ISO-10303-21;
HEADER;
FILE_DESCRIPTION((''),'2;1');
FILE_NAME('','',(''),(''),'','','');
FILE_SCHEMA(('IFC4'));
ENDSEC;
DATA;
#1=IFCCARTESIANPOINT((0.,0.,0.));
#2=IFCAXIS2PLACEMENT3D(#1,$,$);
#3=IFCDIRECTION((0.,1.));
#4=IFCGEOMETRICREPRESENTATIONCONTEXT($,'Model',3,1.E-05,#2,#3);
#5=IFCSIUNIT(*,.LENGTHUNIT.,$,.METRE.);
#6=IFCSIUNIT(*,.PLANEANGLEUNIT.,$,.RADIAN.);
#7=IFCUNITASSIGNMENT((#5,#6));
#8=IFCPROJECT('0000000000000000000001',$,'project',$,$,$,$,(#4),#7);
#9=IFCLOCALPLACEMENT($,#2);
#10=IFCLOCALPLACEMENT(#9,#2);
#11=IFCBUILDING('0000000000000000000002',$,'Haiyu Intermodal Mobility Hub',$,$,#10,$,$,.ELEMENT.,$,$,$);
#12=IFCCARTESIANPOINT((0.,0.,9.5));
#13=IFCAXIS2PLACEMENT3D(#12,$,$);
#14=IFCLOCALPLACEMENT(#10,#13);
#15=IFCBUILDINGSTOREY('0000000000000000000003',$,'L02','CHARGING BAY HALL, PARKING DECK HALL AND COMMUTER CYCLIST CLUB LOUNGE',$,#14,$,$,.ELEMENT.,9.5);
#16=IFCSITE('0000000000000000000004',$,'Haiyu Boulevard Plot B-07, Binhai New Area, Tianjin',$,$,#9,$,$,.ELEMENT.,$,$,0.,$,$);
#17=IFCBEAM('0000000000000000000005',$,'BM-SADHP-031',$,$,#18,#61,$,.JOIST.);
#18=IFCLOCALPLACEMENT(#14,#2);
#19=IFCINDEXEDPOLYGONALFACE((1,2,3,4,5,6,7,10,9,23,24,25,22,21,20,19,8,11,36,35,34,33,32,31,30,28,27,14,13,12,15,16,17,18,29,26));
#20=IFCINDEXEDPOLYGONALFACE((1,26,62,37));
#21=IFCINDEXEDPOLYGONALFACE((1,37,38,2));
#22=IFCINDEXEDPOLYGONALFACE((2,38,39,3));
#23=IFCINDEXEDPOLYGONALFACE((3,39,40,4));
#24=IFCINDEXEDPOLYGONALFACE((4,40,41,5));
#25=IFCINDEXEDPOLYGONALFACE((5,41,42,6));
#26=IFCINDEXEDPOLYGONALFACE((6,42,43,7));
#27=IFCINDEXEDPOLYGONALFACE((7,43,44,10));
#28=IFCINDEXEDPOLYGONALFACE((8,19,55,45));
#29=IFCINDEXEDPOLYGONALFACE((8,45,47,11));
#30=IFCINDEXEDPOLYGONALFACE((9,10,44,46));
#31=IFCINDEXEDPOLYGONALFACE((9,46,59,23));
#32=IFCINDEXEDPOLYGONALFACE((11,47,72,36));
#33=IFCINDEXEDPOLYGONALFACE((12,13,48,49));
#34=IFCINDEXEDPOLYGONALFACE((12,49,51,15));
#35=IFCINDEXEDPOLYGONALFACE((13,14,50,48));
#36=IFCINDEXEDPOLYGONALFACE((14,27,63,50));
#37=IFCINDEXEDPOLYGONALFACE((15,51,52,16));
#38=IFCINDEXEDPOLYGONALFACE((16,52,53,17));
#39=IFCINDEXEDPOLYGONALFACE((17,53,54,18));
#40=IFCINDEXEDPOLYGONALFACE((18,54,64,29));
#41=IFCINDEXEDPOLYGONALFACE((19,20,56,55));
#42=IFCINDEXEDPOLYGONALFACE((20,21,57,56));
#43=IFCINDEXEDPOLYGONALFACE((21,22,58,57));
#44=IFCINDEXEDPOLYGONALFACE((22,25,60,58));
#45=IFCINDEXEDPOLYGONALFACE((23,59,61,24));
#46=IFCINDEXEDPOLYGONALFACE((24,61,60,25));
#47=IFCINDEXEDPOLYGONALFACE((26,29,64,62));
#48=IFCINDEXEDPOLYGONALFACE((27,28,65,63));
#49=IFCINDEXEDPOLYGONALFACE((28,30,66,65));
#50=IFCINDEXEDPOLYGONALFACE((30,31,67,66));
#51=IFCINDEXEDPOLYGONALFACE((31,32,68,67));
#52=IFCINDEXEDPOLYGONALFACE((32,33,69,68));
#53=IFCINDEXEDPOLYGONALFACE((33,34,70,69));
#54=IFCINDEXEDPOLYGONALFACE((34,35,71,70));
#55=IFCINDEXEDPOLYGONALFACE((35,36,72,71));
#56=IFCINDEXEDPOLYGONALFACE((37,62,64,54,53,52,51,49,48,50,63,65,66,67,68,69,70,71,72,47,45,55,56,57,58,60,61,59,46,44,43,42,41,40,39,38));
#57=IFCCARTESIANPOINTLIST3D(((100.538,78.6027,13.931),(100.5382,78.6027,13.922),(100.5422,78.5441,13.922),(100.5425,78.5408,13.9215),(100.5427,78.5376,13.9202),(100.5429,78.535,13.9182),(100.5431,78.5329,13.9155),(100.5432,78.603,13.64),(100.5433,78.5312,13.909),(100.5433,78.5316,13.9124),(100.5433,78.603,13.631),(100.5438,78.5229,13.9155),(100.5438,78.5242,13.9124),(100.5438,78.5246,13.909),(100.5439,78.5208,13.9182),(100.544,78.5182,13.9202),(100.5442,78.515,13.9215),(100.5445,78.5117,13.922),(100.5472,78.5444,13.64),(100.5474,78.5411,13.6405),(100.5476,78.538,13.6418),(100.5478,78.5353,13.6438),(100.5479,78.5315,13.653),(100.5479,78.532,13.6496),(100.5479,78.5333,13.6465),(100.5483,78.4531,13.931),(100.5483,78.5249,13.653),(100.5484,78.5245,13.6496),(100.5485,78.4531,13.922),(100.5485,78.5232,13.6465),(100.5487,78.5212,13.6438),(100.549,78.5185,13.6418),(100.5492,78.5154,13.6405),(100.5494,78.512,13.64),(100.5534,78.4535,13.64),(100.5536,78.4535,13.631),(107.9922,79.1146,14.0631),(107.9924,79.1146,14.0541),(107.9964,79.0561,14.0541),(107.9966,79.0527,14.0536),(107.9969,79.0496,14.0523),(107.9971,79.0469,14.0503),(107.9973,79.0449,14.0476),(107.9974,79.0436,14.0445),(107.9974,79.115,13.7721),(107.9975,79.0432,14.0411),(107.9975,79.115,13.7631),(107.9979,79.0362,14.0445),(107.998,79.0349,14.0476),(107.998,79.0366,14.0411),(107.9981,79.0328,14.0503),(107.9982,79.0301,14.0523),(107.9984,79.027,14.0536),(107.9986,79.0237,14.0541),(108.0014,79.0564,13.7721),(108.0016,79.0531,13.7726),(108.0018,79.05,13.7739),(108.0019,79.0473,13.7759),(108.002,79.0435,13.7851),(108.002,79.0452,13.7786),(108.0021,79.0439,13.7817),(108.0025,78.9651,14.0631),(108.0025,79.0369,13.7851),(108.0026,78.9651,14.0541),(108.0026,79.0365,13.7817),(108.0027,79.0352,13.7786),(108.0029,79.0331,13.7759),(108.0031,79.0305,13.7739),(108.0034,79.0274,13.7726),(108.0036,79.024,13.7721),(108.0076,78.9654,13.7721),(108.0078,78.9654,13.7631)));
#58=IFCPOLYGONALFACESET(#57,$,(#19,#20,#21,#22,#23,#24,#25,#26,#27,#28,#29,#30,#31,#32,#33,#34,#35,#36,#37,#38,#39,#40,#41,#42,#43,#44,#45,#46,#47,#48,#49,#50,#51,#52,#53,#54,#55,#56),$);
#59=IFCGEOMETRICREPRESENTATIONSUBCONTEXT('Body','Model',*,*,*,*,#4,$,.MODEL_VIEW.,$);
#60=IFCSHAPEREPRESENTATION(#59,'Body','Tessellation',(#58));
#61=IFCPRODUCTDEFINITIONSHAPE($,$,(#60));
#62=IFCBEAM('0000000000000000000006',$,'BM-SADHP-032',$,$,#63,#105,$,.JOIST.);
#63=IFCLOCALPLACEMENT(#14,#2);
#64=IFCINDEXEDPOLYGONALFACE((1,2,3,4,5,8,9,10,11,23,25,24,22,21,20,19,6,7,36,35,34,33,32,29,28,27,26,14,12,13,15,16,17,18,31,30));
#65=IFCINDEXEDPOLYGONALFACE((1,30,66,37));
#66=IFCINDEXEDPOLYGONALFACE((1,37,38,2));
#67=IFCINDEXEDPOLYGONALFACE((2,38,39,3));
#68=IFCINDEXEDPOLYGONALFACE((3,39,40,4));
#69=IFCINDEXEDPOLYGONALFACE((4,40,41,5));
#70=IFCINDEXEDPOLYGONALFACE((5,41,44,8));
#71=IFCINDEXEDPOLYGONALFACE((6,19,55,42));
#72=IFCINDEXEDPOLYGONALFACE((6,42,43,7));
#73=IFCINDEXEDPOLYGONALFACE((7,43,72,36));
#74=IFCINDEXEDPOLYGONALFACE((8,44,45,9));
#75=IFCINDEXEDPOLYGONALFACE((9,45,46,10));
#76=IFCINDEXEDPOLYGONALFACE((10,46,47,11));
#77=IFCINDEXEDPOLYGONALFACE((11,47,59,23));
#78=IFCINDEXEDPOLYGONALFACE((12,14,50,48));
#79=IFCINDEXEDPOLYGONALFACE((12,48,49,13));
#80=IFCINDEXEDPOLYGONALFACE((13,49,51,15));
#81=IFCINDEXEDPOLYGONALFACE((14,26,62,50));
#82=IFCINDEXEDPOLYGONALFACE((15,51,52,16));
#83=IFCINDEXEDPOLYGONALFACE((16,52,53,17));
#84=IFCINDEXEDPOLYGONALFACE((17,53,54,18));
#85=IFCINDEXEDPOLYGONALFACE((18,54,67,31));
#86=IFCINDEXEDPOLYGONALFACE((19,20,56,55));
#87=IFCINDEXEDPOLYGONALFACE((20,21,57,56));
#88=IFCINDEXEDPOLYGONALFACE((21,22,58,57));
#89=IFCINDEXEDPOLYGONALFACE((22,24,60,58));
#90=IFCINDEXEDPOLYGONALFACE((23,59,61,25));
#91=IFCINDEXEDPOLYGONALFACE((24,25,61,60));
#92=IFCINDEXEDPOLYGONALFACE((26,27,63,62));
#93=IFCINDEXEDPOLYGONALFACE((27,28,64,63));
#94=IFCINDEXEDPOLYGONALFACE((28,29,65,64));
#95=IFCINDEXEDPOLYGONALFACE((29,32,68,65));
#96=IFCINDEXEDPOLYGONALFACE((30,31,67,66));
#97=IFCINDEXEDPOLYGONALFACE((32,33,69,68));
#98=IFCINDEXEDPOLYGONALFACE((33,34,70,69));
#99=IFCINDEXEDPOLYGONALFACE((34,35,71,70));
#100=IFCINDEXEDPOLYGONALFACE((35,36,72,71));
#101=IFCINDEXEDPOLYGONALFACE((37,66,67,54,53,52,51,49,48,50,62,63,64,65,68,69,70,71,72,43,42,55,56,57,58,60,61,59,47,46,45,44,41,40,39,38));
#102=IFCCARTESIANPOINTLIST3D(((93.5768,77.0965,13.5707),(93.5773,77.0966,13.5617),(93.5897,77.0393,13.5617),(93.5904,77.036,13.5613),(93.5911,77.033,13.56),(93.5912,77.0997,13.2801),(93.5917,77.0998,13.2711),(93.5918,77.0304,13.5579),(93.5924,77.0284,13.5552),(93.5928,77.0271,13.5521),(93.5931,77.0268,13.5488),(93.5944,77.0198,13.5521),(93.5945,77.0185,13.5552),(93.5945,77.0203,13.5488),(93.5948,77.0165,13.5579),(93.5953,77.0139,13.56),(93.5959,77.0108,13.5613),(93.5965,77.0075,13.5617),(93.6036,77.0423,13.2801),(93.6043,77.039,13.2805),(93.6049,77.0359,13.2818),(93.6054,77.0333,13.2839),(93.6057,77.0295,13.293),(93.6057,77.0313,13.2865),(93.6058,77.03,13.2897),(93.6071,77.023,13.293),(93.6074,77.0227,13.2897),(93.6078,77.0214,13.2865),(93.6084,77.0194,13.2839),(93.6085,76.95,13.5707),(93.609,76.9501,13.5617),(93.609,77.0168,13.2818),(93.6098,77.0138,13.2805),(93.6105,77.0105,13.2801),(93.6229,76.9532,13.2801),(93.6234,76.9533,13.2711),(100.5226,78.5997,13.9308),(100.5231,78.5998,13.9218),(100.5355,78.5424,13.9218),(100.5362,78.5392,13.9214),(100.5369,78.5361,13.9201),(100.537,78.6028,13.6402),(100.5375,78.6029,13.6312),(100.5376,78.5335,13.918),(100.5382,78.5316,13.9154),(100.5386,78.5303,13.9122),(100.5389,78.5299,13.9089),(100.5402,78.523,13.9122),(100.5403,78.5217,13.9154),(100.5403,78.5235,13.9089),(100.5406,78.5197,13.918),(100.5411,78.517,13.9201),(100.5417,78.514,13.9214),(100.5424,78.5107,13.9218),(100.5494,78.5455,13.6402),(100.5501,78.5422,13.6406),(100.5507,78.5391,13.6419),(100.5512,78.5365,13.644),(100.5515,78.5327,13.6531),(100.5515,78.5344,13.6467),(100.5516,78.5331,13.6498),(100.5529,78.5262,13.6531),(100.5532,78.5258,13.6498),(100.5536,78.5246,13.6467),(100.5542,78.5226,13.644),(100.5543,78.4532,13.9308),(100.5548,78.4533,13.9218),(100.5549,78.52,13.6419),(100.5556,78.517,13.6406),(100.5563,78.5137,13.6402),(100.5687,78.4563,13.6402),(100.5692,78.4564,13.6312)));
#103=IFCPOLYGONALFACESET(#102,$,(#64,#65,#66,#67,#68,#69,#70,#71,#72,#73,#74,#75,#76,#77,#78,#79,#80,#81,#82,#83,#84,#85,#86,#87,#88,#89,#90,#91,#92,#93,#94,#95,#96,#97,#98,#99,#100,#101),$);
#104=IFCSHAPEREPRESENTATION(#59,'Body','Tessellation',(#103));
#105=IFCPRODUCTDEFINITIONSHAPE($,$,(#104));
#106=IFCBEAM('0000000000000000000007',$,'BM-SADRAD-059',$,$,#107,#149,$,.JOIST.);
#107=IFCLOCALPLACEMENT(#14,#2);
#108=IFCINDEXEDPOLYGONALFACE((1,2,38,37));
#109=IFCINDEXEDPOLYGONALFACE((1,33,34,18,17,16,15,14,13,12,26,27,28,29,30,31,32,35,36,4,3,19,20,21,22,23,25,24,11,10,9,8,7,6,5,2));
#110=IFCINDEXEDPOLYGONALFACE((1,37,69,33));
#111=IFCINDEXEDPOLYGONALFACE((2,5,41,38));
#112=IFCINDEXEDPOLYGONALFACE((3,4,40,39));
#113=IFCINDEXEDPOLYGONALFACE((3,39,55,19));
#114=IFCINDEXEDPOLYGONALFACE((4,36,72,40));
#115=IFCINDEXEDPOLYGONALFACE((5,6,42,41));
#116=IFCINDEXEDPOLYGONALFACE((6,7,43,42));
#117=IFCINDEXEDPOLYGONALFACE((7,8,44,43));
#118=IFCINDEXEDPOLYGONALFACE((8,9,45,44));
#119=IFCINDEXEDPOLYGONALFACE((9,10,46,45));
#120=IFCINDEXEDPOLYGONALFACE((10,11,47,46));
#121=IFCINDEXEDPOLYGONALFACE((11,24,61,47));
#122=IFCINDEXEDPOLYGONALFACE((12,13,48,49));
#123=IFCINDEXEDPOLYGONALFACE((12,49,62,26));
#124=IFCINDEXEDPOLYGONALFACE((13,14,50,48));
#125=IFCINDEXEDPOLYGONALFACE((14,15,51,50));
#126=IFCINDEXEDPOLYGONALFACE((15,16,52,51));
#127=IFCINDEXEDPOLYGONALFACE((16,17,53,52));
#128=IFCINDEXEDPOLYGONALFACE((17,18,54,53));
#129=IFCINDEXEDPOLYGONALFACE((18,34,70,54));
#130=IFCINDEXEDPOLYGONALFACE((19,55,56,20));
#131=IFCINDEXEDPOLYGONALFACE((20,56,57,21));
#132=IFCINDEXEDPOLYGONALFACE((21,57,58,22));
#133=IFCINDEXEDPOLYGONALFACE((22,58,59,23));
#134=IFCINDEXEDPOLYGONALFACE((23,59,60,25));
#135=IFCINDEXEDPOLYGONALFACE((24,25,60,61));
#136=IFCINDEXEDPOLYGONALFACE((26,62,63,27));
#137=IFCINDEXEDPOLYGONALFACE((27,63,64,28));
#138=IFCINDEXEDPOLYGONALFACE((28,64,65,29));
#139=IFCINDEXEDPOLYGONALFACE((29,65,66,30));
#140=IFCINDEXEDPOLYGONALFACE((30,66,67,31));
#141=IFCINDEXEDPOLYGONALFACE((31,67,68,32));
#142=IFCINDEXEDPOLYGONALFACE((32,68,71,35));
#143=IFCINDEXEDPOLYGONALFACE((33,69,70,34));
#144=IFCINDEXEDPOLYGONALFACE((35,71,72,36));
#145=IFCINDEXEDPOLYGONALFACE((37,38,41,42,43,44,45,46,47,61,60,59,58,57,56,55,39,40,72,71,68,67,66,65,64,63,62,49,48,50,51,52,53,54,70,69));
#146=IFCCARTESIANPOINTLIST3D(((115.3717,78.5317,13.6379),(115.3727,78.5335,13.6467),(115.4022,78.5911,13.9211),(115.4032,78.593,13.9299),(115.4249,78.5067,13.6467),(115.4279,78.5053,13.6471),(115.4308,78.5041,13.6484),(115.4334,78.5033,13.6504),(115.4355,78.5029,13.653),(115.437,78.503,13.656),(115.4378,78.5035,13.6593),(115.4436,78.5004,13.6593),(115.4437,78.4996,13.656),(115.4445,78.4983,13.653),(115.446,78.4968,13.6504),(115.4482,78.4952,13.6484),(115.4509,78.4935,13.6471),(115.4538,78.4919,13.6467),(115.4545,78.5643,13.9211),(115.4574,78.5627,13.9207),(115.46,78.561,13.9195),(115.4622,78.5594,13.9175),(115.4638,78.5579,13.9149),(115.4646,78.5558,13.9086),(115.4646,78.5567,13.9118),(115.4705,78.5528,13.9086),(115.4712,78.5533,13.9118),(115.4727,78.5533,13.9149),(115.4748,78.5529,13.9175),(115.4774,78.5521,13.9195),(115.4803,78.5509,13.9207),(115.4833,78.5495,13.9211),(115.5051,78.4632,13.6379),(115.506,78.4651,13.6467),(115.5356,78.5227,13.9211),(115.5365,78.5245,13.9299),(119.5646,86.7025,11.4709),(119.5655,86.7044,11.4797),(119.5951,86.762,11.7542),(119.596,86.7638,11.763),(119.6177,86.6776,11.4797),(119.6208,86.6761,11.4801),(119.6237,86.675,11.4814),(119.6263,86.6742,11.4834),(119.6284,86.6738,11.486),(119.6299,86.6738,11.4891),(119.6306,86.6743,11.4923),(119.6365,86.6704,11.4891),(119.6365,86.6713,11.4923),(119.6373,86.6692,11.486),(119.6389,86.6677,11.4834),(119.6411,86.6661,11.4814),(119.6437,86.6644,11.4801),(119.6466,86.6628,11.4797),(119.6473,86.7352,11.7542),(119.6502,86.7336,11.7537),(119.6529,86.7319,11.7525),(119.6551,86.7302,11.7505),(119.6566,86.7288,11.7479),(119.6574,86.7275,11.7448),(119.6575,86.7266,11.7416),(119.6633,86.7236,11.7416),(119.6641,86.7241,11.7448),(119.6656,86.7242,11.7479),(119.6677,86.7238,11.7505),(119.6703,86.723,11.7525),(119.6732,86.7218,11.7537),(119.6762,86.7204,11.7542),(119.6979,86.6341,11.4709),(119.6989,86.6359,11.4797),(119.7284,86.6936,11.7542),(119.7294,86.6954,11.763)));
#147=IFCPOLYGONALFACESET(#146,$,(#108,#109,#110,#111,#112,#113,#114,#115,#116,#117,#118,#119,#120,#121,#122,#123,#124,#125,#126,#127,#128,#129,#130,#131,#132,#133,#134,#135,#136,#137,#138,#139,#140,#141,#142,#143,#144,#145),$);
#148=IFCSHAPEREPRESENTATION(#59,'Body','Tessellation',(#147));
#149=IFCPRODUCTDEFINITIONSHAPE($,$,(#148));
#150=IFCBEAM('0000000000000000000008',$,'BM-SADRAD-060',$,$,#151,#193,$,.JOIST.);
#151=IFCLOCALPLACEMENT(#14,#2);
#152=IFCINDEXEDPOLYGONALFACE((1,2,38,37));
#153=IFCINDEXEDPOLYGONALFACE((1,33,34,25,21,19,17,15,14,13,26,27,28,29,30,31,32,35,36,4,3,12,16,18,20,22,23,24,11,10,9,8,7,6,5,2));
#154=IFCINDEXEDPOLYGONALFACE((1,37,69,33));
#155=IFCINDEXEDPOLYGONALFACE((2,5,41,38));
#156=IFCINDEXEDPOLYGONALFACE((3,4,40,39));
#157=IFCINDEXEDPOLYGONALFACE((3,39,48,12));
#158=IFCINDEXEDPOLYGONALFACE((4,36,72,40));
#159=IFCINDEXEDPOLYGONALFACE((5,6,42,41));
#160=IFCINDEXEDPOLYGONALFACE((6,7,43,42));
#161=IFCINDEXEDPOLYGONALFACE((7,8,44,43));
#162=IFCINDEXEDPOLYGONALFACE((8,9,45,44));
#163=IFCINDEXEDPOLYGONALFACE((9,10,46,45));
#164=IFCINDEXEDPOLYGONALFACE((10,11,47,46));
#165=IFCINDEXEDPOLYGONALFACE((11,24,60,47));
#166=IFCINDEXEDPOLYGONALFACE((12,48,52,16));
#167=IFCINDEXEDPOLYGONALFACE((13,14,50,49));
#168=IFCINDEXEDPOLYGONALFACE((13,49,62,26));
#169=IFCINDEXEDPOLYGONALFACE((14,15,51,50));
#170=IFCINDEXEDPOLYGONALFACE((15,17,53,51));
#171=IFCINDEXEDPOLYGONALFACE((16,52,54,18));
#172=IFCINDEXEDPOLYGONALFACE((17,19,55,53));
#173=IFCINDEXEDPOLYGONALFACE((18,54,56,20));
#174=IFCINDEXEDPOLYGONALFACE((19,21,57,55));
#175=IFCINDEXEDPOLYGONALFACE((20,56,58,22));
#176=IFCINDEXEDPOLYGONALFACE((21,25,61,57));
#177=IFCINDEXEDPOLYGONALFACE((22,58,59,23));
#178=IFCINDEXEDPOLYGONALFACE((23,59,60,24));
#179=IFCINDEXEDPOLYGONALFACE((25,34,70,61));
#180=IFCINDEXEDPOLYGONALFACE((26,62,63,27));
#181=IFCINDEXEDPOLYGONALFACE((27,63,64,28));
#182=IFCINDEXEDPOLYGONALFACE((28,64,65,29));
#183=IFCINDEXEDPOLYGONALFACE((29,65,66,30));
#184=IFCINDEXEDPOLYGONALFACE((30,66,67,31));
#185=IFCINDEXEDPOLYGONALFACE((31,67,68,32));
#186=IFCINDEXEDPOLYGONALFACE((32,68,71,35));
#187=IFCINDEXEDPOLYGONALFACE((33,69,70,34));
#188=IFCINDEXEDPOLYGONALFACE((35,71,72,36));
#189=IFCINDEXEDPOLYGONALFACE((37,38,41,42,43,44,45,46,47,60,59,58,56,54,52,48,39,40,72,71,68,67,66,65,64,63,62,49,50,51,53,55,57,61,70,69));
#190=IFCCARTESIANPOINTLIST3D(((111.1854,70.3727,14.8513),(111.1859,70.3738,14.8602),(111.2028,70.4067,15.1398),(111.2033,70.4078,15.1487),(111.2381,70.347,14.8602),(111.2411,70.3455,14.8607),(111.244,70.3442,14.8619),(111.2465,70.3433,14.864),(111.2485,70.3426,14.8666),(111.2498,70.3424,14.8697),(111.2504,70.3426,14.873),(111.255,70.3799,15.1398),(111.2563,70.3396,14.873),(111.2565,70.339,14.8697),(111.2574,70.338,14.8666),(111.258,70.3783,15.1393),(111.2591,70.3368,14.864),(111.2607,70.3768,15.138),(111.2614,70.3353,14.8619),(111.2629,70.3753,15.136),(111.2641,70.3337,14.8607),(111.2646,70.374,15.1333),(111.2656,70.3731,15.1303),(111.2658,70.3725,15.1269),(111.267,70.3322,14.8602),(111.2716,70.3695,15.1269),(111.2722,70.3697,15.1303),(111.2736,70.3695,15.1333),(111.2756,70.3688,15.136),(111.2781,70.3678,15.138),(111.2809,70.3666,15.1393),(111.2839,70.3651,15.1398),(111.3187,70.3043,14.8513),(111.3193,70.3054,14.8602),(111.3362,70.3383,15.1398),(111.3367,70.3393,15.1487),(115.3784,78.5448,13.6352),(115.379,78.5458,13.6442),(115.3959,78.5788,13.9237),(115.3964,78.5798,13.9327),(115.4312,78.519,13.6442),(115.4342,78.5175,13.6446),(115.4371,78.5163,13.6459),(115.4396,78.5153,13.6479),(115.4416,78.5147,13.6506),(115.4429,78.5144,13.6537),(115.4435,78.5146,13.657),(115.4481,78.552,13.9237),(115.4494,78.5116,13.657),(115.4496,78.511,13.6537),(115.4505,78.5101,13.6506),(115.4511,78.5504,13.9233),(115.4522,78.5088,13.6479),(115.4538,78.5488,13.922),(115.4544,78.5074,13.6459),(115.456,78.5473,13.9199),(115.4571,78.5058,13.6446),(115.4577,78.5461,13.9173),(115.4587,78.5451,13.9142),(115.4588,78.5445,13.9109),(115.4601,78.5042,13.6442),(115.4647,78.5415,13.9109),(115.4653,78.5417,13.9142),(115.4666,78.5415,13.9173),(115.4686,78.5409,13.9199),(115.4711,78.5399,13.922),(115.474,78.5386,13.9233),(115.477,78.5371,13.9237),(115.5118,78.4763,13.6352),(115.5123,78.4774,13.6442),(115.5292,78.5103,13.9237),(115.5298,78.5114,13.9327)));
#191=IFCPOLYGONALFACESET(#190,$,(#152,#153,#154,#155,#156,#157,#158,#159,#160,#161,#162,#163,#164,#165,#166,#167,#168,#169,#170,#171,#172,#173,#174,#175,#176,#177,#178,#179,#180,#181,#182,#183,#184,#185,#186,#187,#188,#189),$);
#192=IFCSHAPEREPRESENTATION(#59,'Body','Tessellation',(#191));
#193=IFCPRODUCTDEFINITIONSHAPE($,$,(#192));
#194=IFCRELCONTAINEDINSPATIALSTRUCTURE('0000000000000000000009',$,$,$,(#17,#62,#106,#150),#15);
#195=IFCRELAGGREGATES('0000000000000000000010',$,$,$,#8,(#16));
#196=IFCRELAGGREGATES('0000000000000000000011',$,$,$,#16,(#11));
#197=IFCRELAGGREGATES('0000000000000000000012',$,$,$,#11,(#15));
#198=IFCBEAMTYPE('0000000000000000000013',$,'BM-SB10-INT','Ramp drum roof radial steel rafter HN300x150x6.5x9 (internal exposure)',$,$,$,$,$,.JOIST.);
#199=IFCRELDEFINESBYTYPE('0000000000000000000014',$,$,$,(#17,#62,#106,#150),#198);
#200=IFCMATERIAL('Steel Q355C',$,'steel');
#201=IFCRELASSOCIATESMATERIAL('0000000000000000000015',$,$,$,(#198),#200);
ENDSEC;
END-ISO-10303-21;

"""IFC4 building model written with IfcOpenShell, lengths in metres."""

from ifc_helpers import new_model, si_unit, direction, frame, origin, origin_2d, place, context, subcontext, project, spatial, i_section, extrude, material, material_profile, profile_set, type_object, element, save


model = new_model("IFC4")

# Units and contexts
model_context = context("Model", 3, precision=1e-05, world=origin(), true_north=direction((0.0, 1.0)))
body_context = subcontext(model_context, "Body", "Model", "MODEL_VIEW")
ifc_project = project(units=[si_unit("LENGTHUNIT", "METRE"), si_unit("PLANEANGLEUNIT", "RADIAN")], contexts=[model_context])

# Site, building, storey
site_placement = place(None, origin())
site = spatial("IfcSite", under=ifc_project, at=site_placement, Name="Haiyu Boulevard Plot B-07, Binhai New Area, Tianjin", CompositionType="ELEMENT", RefElevation=0.0)
building_placement = place(site_placement, origin())
building = spatial("IfcBuilding", under=site, at=building_placement, Name="Haiyu Intermodal Mobility Hub", CompositionType="ELEMENT")
storey_placement = place(building_placement, frame((0.0, 0.0, 9.5)))
storey = spatial("IfcBuildingStorey", under=building, at=storey_placement, Name="L02", Description="CHARGING BAY HALL, PARKING DECK HALL AND COMMUTER CYCLIST CLUB LOUNGE", CompositionType="ELEMENT", Elevation=9.5)

# Beams
ifc_material = material(Name="Steel Q355C", Category="steel")
ifc_material_profile_1 = material_profile(ifc_material, i_section(OverallWidth=0.1499, OverallDepth=0.3, WebThickness=0.0066, FlangeThickness=0.009, FilletRadius=0.0129, at=origin_2d()), Name="HN300x150x6.5x9")
ifc_profile_set_1 = profile_set([ifc_material_profile_1], Name="Steel Q355C")
beam_type_1 = type_object("IfcBeamType", Name="BM-SB10-INT", Description="Ramp drum roof radial steel rafter HN300x150x6.5x9 (internal exposure)", PredefinedType="JOIST", material=ifc_profile_set_1)
for number, where, z_axis, x_axis, name in (
    (1, (108.0, 79.04, 13.9131), (-0.997494, -0.06851, -0.017675), (0.068521, -0.99765, 0.0), "BM-SADHP-031"),
):
    element("IfcBeam", number, at=place(storey_placement, frame(where, z_axis=z_axis, x_axis=x_axis)), inside=storey, type_object=beam_type_1, Name=name, PredefinedType="JOIST", context=body_context, shape_type="SweptSolid", body=[
        extrude(i_section(OverallWidth=0.1499, OverallDepth=0.3, WebThickness=0.0066, FlangeThickness=0.009, FilletRadius=0.0129, at=origin_2d()), origin(), (0.0, 0.0, 1.0), 7.4729),
    ])
beam_1_placement = place(storey_placement, frame((100.5459, 78.5281, 13.781), z_axis=(-0.976122, -0.211247, -0.050607), x_axis=(0.211518, -0.977374, 0.0)))
element("IfcBeam", 2, at=beam_1_placement, inside=storey, type_object=beam_type_1, Name="BM-SADHP-032", PredefinedType="JOIST", context=body_context, shape_type="SweptSolid", body=[
    extrude(i_section(OverallWidth=0.1499, OverallDepth=0.3, WebThickness=0.0066, FlangeThickness=0.009, FilletRadius=0.0129, at=origin_2d()), origin(), (0.0, 0.0, 1.0), 7.1157),
])
beam_2_placement = place(storey_placement, frame((119.647, 86.699, 11.6169), z_axis=(-0.444345, -0.865921, 0.22965), x_axis=(0.8897, -0.456547, 0.0)))
element("IfcBeam", 3, at=beam_2_placement, inside=storey, type_object=beam_type_1, Name="BM-SADRAD-059", PredefinedType="JOIST", context=body_context, shape_type="SweptSolid", body=[
    extrude(i_section(OverallWidth=0.1499, OverallDepth=0.3, WebThickness=0.0066, FlangeThickness=0.009, FilletRadius=0.0129, at=origin_2d()), origin(), (0.0, 0.0, 1.0), 9.436),
])
beam_3_placement = place(storey_placement, frame((115.4541, 78.5281, 13.7839), z_axis=(-0.452564, -0.88202, 0.13125), x_axis=(0.889716, -0.456514, 0.0)))
element("IfcBeam", 4, at=beam_3_placement, inside=storey, type_object=beam_type_1, Name="BM-SADRAD-060", PredefinedType="JOIST", context=body_context, shape_type="SweptSolid", body=[
    extrude(i_section(OverallWidth=0.1499, OverallDepth=0.3, WebThickness=0.0066, FlangeThickness=0.009, FilletRadius=0.0129, at=origin_2d()), origin(), (0.0, 0.0, 1.0), 9.2651),
])

save(model, "model.ifc")
